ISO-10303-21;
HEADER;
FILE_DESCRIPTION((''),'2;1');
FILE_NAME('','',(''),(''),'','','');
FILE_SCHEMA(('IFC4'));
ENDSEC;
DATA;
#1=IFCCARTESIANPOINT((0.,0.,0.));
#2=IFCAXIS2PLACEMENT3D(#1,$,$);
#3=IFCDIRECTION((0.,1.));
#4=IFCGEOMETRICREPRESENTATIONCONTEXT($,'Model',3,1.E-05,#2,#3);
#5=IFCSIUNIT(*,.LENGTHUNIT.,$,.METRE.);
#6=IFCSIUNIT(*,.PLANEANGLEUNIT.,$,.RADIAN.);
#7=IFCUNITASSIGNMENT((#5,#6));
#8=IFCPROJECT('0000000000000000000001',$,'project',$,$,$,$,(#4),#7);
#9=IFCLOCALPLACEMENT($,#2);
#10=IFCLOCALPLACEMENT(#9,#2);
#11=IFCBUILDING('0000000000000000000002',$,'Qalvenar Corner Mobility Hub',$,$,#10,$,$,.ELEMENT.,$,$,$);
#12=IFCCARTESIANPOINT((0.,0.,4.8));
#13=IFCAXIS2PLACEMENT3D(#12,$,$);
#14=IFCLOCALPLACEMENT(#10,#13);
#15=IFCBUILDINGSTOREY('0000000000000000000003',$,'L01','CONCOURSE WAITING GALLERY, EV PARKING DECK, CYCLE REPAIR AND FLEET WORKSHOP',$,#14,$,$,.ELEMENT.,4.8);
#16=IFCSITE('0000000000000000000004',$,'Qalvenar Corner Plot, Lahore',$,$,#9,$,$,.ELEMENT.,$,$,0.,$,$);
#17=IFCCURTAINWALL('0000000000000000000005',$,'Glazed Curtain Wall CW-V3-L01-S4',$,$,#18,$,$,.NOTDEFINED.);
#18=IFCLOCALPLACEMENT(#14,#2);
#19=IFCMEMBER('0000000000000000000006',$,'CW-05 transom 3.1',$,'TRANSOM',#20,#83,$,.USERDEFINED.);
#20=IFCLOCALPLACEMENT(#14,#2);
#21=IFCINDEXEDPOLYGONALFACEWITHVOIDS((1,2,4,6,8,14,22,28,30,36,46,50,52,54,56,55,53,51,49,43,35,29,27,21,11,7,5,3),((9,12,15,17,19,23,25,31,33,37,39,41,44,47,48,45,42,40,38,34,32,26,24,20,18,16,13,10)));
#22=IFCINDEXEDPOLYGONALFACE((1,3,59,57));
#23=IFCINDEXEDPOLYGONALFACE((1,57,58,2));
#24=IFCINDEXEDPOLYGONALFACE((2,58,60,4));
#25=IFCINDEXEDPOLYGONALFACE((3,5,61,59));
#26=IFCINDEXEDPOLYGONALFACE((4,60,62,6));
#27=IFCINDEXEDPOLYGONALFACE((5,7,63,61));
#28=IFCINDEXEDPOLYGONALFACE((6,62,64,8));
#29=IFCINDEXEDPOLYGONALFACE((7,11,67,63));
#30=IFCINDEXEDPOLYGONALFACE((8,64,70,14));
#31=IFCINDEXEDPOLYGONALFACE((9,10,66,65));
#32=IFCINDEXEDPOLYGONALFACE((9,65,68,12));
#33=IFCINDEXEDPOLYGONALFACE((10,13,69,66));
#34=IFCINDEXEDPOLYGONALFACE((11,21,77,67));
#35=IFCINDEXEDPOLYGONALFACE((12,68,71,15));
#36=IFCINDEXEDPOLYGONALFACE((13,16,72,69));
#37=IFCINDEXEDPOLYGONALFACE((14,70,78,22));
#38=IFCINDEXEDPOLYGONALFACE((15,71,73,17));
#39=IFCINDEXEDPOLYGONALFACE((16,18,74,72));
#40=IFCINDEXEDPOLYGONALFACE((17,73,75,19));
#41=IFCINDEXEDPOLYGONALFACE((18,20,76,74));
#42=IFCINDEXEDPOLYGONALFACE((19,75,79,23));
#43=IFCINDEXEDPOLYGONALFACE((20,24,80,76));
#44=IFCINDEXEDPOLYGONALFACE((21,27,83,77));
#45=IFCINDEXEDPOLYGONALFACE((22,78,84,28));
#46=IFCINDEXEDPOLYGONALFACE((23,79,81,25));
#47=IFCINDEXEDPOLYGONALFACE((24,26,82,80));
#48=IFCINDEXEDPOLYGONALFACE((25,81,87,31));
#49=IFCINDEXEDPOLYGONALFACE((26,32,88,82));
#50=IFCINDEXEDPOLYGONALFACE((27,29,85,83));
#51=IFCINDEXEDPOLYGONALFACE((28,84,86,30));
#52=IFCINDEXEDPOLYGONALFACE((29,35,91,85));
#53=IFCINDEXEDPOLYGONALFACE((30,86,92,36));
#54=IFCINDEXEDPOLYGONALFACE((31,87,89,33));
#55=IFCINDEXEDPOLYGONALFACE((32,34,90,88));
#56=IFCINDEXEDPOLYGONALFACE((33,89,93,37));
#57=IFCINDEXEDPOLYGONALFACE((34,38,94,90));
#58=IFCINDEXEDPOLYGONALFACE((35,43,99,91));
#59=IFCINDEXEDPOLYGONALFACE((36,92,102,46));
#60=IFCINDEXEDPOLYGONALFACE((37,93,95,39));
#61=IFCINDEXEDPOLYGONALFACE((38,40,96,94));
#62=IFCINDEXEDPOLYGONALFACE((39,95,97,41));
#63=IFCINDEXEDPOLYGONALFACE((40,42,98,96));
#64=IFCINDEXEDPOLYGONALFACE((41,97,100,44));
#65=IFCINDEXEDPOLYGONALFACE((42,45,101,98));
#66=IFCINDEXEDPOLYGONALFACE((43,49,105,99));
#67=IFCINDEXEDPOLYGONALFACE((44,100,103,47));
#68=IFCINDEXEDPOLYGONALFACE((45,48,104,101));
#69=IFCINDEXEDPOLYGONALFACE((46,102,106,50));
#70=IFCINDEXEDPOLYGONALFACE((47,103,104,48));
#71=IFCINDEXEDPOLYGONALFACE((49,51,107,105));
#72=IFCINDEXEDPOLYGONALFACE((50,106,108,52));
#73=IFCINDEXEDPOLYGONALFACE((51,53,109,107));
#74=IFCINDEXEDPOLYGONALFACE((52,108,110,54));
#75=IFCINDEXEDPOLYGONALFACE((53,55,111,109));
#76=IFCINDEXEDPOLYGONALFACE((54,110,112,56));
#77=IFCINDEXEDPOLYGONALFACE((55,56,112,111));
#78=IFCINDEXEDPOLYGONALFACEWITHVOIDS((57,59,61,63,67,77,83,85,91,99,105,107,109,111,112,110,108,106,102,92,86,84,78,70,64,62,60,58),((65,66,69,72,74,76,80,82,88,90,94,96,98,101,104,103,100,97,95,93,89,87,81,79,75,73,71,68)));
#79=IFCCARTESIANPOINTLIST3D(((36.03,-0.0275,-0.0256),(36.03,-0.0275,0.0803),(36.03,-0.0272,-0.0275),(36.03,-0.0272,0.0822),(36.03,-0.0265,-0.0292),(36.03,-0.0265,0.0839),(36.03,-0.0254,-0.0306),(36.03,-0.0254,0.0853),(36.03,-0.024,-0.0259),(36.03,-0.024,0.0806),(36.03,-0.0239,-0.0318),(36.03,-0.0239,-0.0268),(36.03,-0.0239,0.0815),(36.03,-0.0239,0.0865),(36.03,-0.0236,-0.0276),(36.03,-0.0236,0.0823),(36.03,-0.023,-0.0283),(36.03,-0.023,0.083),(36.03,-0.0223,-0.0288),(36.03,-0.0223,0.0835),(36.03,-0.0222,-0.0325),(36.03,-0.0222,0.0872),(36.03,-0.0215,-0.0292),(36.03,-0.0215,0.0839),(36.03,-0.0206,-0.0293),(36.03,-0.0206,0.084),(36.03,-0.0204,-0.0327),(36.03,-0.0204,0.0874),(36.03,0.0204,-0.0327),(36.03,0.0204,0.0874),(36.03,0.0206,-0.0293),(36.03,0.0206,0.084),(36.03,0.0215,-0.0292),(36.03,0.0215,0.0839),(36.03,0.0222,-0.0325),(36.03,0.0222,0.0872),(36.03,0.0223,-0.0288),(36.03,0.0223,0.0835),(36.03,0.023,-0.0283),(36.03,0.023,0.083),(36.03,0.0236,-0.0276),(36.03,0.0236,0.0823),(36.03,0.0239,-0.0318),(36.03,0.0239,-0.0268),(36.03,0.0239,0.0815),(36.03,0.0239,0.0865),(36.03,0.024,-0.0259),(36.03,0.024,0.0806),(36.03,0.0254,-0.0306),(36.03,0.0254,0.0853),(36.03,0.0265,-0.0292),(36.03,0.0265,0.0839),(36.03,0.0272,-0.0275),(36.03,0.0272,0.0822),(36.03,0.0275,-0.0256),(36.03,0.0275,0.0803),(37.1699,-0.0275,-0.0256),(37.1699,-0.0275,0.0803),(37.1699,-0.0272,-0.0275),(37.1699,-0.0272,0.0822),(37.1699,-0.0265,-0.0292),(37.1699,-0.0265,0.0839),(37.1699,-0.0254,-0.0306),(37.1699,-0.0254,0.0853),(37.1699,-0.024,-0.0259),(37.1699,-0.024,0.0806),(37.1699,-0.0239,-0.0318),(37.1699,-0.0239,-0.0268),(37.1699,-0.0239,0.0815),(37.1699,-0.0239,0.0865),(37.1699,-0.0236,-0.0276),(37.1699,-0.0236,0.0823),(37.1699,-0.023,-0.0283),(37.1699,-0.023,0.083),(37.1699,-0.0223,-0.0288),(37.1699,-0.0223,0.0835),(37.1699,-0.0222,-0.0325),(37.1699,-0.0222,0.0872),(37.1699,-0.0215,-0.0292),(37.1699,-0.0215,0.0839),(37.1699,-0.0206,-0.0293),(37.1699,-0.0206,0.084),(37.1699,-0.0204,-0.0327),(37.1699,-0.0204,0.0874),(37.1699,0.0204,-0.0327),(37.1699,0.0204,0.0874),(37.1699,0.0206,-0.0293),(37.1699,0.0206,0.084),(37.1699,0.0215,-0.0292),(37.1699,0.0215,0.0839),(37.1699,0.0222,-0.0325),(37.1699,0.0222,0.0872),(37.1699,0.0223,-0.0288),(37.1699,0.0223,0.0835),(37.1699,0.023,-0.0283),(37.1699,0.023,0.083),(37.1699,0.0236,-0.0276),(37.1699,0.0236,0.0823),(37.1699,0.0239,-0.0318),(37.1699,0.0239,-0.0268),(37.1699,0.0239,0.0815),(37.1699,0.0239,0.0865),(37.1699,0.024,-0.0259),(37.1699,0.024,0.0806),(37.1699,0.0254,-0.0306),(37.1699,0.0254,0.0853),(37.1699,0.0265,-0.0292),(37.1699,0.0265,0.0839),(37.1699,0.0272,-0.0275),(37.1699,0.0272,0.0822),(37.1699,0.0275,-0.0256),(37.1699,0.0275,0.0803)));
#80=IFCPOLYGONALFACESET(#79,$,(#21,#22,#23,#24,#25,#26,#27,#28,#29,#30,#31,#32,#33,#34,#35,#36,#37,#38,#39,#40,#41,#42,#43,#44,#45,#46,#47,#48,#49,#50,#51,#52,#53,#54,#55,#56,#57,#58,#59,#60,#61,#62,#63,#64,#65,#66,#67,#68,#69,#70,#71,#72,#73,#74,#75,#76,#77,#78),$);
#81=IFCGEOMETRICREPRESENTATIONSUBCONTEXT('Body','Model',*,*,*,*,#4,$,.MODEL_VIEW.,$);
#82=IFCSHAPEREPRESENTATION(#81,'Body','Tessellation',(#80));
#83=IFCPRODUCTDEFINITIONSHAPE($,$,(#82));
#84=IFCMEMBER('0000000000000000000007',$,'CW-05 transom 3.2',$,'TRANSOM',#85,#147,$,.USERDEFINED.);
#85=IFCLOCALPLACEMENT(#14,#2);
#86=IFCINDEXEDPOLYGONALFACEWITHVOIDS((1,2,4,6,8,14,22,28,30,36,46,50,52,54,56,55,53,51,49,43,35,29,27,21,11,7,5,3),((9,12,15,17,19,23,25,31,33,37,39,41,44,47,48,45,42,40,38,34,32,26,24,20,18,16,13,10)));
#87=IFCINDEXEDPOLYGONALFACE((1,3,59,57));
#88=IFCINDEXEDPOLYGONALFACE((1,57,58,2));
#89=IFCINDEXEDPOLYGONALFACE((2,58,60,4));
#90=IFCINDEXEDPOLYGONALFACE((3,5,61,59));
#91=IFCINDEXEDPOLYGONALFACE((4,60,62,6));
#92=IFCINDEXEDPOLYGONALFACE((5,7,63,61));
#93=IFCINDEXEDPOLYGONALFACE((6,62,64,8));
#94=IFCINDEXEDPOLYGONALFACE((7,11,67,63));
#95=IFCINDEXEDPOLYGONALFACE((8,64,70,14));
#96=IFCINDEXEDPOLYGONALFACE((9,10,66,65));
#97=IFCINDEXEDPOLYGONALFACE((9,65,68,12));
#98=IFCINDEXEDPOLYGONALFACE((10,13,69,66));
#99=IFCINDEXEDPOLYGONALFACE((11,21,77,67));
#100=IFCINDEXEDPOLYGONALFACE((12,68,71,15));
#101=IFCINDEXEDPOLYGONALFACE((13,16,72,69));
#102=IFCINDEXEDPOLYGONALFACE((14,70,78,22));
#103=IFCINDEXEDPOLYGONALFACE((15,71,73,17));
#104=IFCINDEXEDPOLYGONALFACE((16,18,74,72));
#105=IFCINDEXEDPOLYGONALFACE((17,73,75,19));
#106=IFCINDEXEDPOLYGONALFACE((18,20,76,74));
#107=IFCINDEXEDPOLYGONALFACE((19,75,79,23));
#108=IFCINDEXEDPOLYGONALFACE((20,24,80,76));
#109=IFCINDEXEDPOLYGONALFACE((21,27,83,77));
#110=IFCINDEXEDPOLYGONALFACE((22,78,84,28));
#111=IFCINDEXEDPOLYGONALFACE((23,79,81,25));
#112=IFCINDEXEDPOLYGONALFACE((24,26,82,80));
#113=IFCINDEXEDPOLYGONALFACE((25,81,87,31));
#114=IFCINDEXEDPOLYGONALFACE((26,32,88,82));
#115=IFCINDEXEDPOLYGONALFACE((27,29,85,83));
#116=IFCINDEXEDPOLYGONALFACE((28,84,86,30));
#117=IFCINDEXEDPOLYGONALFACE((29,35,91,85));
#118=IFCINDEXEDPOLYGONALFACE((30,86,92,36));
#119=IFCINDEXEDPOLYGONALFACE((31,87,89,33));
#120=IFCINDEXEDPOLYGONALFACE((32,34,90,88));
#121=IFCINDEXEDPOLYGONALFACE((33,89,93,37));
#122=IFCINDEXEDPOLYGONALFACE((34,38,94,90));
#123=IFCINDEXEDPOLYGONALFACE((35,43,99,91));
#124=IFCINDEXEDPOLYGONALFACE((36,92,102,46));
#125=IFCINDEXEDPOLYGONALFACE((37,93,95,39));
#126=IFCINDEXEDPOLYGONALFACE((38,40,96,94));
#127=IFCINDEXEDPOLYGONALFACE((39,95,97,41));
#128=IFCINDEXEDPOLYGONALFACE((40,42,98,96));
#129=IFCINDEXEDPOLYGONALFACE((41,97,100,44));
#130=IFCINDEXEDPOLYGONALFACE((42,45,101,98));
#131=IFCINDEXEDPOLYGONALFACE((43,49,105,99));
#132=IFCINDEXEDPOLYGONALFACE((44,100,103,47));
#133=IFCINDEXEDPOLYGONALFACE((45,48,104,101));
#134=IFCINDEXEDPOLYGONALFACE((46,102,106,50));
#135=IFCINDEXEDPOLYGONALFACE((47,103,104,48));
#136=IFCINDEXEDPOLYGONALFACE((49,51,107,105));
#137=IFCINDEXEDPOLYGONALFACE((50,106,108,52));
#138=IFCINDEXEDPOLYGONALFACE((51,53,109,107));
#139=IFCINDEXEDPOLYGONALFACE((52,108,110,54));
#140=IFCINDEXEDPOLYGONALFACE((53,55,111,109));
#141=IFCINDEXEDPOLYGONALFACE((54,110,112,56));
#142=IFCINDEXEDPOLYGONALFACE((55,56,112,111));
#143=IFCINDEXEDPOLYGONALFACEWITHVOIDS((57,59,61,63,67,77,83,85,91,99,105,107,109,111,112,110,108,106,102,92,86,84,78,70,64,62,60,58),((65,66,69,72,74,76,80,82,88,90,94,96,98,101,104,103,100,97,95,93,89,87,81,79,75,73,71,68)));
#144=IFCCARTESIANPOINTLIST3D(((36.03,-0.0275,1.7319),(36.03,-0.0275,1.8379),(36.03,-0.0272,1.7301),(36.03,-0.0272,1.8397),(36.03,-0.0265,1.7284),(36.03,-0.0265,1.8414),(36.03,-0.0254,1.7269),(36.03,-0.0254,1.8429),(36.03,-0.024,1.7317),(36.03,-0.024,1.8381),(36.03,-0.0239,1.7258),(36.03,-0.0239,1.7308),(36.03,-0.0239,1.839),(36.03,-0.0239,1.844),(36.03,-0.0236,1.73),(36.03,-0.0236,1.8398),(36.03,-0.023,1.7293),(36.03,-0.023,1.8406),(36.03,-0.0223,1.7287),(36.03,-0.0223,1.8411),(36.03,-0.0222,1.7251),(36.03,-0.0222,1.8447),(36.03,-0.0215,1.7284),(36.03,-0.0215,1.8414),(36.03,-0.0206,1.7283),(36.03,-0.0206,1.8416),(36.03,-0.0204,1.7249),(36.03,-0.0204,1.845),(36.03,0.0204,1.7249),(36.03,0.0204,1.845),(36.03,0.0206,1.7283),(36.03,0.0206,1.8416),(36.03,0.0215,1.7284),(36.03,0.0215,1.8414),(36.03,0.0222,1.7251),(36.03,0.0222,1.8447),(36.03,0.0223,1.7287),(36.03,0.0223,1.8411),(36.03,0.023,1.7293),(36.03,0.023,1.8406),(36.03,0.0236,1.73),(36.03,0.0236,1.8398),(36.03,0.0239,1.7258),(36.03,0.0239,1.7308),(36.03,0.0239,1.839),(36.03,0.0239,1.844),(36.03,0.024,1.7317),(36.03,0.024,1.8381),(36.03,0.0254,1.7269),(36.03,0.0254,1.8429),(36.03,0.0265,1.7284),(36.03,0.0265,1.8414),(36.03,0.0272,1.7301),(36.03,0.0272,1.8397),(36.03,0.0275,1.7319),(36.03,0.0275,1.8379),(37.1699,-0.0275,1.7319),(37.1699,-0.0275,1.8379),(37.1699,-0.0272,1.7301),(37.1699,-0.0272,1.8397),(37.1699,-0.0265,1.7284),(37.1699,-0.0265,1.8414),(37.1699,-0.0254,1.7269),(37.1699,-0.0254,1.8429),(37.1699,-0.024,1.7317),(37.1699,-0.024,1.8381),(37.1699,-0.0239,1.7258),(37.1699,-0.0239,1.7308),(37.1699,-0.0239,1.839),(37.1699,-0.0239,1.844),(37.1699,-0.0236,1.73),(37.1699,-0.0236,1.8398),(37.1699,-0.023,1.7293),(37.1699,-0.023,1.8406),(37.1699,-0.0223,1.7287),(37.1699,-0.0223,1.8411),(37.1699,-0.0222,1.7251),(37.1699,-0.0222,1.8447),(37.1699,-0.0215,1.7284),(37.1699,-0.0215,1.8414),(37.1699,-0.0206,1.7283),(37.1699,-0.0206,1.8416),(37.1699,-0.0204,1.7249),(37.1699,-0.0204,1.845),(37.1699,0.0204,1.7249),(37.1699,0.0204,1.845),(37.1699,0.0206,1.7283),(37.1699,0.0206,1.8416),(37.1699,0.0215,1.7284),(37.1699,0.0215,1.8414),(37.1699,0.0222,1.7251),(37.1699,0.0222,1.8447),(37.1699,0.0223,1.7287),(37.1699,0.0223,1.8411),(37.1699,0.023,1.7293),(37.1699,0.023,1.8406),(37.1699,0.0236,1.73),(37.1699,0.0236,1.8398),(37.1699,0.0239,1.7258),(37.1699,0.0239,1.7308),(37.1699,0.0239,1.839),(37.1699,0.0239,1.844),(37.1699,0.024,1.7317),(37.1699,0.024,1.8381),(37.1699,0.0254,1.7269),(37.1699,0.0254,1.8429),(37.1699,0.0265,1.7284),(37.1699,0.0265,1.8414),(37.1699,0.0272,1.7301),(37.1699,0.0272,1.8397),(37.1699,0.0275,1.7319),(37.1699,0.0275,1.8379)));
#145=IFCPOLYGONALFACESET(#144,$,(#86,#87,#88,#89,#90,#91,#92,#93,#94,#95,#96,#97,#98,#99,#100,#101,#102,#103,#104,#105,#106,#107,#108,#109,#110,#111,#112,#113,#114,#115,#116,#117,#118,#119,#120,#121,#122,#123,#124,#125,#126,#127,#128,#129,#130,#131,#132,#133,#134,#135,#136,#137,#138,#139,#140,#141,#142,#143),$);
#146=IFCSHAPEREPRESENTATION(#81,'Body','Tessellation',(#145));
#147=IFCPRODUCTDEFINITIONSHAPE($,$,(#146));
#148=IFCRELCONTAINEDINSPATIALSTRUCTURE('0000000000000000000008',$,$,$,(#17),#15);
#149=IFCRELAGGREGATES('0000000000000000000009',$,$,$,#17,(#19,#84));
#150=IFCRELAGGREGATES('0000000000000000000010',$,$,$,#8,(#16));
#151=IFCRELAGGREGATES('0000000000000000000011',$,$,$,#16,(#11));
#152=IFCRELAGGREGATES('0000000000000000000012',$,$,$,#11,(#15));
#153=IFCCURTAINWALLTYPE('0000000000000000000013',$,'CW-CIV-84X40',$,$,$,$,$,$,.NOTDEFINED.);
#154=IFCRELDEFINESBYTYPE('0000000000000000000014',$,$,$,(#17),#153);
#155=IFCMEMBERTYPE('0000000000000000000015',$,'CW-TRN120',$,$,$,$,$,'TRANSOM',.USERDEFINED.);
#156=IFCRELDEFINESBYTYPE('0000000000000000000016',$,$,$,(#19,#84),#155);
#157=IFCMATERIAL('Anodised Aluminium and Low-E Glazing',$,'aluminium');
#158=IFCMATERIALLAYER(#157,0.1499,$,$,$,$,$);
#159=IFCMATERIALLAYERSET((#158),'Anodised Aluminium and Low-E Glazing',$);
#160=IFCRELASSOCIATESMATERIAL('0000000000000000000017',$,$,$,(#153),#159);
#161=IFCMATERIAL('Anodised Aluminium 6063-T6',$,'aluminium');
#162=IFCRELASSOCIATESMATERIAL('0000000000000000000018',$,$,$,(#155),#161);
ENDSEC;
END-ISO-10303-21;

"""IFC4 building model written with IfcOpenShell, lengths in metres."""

from ifc_helpers import new_model, si_unit, direction, frame, origin, origin_2d, place, context, subcontext, project, spatial, hollow_rectangle, extrude, material, layer, layer_set, material_profile, profile_set, type_object, element, aggregate, save


model = new_model("IFC4")

# Units and contexts
model_context = context("Model", 3, precision=1e-05, world=origin(), true_north=direction((0.0, 1.0)))
body_context = subcontext(model_context, "Body", "Model", "MODEL_VIEW")
ifc_project = project(units=[si_unit("LENGTHUNIT", "METRE"), si_unit("PLANEANGLEUNIT", "RADIAN")], contexts=[model_context])

# Site, building, storey
site_placement = place(None, origin())
site = spatial("IfcSite", under=ifc_project, at=site_placement, Name="Qalvenar Corner Plot, Lahore", CompositionType="ELEMENT", RefElevation=0.0)
building_placement = place(site_placement, origin())
building = spatial("IfcBuilding", under=site, at=building_placement, Name="Qalvenar Corner Mobility Hub", CompositionType="ELEMENT")
storey_placement = place(building_placement, frame((0.0, 0.0, 4.8)))
storey = spatial("IfcBuildingStorey", under=building, at=storey_placement, Name="L01", Description="CONCOURSE WAITING GALLERY, EV PARKING DECK, CYCLE REPAIR AND FLEET WORKSHOP", CompositionType="ELEMENT", Elevation=4.8)

# Curtain wall, members
ifc_material_1 = material(Name="Anodised Aluminium and Low-E Glazing", Category="aluminium")
ifc_layer_1 = layer(ifc_material_1, 0.1499)
ifc_layer_set_1 = layer_set([ifc_layer_1], Name="Anodised Aluminium and Low-E Glazing")
curtain_wall_type = type_object("IfcCurtainWallType", Name="CW-CIV-84X40", PredefinedType="NOTDEFINED", material=ifc_layer_set_1)
curtain_wall_placement = place(storey_placement, origin())
curtain_wall = element("IfcCurtainWall", 1, at=curtain_wall_placement, inside=storey, type_object=curtain_wall_type, Name="Glazed Curtain Wall CW-V3-L01-S4", PredefinedType="NOTDEFINED")
ifc_material_2 = material(Name="Anodised Aluminium 6063-T6", Category="aluminium")
ifc_material_profile_1 = material_profile(ifc_material_2, hollow_rectangle(XDim=0.0549, YDim=0.1201, WallThickness=0.0034, InnerFilletRadius=0.0034, OuterFilletRadius=0.0071, at=origin_2d()), Name="RHS120x55x3.5")
ifc_profile_set_1 = profile_set([ifc_material_profile_1], Name="Anodised Aluminium 6063-T6")
member_type_1 = type_object("IfcMemberType", Name="CW-TRN120", ElementType="TRANSOM", PredefinedType="USERDEFINED", material=ifc_profile_set_1)
member_1_placement = place(storey_placement, frame((36.03, 0.0, 0.0273), z_axis=(1.0, 0.0, 0.0), x_axis=(0.0, 1.0, 0.0)))
member_1 = element("IfcMember", 2, at=member_1_placement, type_object=member_type_1, Name="CW-05 transom 3.1", ObjectType="TRANSOM", PredefinedType="USERDEFINED", context=body_context, shape_type="SweptSolid", body=[
    extrude(hollow_rectangle(XDim=0.0549, YDim=0.1201, WallThickness=0.0034, InnerFilletRadius=0.0034, OuterFilletRadius=0.0071, at=origin_2d()), origin(), (0.0, 0.0, 1.0), 1.1399),
])
member_2_placement = place(storey_placement, frame((36.03, 0.0, 1.7849), z_axis=(1.0, 0.0, 0.0), x_axis=(0.0, 1.0, 0.0)))
member_2 = element("IfcMember", 3, at=member_2_placement, type_object=member_type_1, Name="CW-05 transom 3.2", ObjectType="TRANSOM", PredefinedType="USERDEFINED", context=body_context, shape_type="SweptSolid", body=[
    extrude(hollow_rectangle(XDim=0.0549, YDim=0.1201, WallThickness=0.0034, InnerFilletRadius=0.0034, OuterFilletRadius=0.0071, at=origin_2d()), origin(), (0.0, 0.0, 1.0), 1.1399),
])
aggregate(curtain_wall, [member_1, member_2])

save(model, "model.ifc")
